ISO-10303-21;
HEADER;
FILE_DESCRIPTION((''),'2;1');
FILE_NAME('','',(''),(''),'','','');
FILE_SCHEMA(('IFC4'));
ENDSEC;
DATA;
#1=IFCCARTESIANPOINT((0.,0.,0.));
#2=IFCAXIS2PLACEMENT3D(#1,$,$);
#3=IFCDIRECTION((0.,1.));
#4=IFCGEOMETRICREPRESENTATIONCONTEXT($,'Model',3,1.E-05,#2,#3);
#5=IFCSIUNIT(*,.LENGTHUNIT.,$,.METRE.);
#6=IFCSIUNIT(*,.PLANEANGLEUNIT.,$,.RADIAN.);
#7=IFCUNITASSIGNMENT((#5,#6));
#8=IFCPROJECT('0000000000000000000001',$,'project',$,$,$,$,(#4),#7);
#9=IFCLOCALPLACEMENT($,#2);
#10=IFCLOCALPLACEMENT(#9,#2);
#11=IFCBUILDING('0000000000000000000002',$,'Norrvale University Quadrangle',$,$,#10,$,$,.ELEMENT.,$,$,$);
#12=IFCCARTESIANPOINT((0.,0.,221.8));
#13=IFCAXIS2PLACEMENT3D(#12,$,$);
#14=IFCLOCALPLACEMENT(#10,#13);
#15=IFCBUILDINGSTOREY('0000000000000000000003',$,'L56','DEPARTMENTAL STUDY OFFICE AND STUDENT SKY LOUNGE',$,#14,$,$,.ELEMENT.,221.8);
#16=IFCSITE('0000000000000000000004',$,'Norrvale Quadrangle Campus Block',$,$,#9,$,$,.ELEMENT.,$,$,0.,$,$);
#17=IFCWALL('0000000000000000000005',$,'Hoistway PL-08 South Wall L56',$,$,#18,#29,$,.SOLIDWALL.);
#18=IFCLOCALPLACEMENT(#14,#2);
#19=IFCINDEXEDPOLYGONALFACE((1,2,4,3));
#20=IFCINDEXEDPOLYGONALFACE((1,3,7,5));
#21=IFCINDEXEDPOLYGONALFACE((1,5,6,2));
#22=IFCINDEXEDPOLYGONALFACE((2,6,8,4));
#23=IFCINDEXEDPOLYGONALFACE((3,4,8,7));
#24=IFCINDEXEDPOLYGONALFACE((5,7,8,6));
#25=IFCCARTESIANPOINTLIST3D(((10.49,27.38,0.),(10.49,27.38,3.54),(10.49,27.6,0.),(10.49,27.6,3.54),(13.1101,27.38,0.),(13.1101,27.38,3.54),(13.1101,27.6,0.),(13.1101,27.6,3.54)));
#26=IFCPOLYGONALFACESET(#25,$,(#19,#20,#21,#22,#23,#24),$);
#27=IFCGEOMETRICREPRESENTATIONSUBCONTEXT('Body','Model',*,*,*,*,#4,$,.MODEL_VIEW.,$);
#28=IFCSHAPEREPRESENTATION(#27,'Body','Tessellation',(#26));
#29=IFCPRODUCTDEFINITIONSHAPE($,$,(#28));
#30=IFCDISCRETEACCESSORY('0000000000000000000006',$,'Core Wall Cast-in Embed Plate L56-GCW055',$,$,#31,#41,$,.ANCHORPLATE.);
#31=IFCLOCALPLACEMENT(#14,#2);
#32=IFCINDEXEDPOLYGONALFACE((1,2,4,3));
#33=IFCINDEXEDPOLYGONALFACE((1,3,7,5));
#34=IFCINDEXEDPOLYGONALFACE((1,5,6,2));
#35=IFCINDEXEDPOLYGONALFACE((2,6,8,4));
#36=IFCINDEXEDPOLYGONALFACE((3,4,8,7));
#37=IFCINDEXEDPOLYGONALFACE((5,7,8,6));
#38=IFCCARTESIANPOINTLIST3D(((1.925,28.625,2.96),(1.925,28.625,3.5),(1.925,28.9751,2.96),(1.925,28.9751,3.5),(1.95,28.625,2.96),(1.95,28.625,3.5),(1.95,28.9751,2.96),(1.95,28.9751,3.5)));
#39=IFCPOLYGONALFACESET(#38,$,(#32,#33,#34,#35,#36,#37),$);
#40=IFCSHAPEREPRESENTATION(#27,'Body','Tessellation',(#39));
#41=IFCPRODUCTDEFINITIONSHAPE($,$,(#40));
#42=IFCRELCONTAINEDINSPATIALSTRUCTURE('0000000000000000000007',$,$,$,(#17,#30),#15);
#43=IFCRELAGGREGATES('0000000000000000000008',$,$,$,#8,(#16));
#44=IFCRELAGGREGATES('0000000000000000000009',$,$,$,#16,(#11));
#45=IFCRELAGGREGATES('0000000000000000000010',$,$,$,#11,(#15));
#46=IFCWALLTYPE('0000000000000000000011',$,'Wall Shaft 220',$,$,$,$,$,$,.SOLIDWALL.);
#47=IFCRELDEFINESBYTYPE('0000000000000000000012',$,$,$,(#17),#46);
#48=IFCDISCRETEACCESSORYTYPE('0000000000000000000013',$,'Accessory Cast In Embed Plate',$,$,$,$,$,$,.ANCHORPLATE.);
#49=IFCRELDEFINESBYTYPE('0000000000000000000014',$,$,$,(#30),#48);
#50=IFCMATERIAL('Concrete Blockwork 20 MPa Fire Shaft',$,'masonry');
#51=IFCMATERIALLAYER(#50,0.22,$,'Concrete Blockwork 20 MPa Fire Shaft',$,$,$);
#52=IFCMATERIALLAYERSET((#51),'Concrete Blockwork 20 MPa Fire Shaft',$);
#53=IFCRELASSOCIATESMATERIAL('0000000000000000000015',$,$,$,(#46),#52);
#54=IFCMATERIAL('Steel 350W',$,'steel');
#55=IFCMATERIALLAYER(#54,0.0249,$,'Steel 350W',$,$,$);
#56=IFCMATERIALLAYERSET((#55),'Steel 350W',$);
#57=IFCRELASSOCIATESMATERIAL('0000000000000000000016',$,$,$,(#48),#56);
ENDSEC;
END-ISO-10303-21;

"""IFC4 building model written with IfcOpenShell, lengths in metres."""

from ifc_helpers import new_model, si_unit, direction, frame, frame_2d, origin, origin_2d, place, context, subcontext, project, spatial, rectangle, extrude, material, layer, layer_set, type_object, element, save


model = new_model("IFC4")

# Units and contexts
model_context = context("Model", 3, precision=1e-05, world=origin(), true_north=direction((0.0, 1.0)))
body_context = subcontext(model_context, "Body", "Model", "MODEL_VIEW")
ifc_project = project(units=[si_unit("LENGTHUNIT", "METRE"), si_unit("PLANEANGLEUNIT", "RADIAN")], contexts=[model_context])

# Site, building, storey
site_placement = place(None, origin())
site = spatial("IfcSite", under=ifc_project, at=site_placement, Name="Norrvale Quadrangle Campus Block", CompositionType="ELEMENT", RefElevation=0.0)
building_placement = place(site_placement, origin())
building = spatial("IfcBuilding", under=site, at=building_placement, Name="Norrvale University Quadrangle", CompositionType="ELEMENT")
storey_placement = place(building_placement, frame((0.0, 0.0, 221.8)))
storey = spatial("IfcBuildingStorey", under=building, at=storey_placement, Name="L56", Description="DEPARTMENTAL STUDY OFFICE AND STUDENT SKY LOUNGE", CompositionType="ELEMENT", Elevation=221.8)

# Shared definitions
ifc_material_1 = material(Name="Steel 350W", Category="steel")

# Shared definitions
ifc_material_2 = material(Name="Concrete Blockwork 20 MPa Fire Shaft", Category="masonry")
ifc_layer_1 = layer(ifc_material_2, 0.22, Name="Concrete Blockwork 20 MPa Fire Shaft")
ifc_layer_set_1 = layer_set([ifc_layer_1], Name="Concrete Blockwork 20 MPa Fire Shaft")
wall_type_1 = type_object("IfcWallType", Name="Wall Shaft 220", PredefinedType="SOLIDWALL", material=ifc_layer_set_1)

# Wall
wall_1_placement = place(storey_placement, frame((10.49, 27.49, 0.0), z_axis=(0.0, 0.0, 1.0), x_axis=(1.0, 0.0, 0.0)))
element("IfcWall", 1, at=wall_1_placement, inside=storey, type_object=wall_type_1, Name="Hoistway PL-08 South Wall L56", PredefinedType="SOLIDWALL", context=body_context, shape_type="SweptSolid", body=[
    extrude(rectangle(XDim=2.6201, YDim=0.22, at=frame_2d((1.3101, 0.0))), origin(), (0.0, 0.0, 1.0), 3.54),
])

# Discrete accessory
ifc_layer_2 = layer(ifc_material_1, 0.0249, Name="Steel 350W")
ifc_layer_set_2 = layer_set([ifc_layer_2], Name="Steel 350W")
discrete_accessory_type = type_object("IfcDiscreteAccessoryType", Name="Accessory Cast In Embed Plate", PredefinedType="ANCHORPLATE", material=ifc_layer_set_2)
discrete_accessory_placement = place(storey_placement, frame((1.9375, 28.8, 2.96), z_axis=(0.0, 0.0, 1.0), x_axis=(1.0, 0.0, 0.0)))
element("IfcDiscreteAccessory", 2, at=discrete_accessory_placement, inside=storey, type_object=discrete_accessory_type, Name="Core Wall Cast-in Embed Plate L56-GCW055", PredefinedType="ANCHORPLATE", context=body_context, shape_type="SweptSolid", body=[
    extrude(rectangle(XDim=0.0249, YDim=0.3501, at=origin_2d()), origin(), (0.0, 0.0, 1.0), 0.54),
])

save(model, "model.ifc")
